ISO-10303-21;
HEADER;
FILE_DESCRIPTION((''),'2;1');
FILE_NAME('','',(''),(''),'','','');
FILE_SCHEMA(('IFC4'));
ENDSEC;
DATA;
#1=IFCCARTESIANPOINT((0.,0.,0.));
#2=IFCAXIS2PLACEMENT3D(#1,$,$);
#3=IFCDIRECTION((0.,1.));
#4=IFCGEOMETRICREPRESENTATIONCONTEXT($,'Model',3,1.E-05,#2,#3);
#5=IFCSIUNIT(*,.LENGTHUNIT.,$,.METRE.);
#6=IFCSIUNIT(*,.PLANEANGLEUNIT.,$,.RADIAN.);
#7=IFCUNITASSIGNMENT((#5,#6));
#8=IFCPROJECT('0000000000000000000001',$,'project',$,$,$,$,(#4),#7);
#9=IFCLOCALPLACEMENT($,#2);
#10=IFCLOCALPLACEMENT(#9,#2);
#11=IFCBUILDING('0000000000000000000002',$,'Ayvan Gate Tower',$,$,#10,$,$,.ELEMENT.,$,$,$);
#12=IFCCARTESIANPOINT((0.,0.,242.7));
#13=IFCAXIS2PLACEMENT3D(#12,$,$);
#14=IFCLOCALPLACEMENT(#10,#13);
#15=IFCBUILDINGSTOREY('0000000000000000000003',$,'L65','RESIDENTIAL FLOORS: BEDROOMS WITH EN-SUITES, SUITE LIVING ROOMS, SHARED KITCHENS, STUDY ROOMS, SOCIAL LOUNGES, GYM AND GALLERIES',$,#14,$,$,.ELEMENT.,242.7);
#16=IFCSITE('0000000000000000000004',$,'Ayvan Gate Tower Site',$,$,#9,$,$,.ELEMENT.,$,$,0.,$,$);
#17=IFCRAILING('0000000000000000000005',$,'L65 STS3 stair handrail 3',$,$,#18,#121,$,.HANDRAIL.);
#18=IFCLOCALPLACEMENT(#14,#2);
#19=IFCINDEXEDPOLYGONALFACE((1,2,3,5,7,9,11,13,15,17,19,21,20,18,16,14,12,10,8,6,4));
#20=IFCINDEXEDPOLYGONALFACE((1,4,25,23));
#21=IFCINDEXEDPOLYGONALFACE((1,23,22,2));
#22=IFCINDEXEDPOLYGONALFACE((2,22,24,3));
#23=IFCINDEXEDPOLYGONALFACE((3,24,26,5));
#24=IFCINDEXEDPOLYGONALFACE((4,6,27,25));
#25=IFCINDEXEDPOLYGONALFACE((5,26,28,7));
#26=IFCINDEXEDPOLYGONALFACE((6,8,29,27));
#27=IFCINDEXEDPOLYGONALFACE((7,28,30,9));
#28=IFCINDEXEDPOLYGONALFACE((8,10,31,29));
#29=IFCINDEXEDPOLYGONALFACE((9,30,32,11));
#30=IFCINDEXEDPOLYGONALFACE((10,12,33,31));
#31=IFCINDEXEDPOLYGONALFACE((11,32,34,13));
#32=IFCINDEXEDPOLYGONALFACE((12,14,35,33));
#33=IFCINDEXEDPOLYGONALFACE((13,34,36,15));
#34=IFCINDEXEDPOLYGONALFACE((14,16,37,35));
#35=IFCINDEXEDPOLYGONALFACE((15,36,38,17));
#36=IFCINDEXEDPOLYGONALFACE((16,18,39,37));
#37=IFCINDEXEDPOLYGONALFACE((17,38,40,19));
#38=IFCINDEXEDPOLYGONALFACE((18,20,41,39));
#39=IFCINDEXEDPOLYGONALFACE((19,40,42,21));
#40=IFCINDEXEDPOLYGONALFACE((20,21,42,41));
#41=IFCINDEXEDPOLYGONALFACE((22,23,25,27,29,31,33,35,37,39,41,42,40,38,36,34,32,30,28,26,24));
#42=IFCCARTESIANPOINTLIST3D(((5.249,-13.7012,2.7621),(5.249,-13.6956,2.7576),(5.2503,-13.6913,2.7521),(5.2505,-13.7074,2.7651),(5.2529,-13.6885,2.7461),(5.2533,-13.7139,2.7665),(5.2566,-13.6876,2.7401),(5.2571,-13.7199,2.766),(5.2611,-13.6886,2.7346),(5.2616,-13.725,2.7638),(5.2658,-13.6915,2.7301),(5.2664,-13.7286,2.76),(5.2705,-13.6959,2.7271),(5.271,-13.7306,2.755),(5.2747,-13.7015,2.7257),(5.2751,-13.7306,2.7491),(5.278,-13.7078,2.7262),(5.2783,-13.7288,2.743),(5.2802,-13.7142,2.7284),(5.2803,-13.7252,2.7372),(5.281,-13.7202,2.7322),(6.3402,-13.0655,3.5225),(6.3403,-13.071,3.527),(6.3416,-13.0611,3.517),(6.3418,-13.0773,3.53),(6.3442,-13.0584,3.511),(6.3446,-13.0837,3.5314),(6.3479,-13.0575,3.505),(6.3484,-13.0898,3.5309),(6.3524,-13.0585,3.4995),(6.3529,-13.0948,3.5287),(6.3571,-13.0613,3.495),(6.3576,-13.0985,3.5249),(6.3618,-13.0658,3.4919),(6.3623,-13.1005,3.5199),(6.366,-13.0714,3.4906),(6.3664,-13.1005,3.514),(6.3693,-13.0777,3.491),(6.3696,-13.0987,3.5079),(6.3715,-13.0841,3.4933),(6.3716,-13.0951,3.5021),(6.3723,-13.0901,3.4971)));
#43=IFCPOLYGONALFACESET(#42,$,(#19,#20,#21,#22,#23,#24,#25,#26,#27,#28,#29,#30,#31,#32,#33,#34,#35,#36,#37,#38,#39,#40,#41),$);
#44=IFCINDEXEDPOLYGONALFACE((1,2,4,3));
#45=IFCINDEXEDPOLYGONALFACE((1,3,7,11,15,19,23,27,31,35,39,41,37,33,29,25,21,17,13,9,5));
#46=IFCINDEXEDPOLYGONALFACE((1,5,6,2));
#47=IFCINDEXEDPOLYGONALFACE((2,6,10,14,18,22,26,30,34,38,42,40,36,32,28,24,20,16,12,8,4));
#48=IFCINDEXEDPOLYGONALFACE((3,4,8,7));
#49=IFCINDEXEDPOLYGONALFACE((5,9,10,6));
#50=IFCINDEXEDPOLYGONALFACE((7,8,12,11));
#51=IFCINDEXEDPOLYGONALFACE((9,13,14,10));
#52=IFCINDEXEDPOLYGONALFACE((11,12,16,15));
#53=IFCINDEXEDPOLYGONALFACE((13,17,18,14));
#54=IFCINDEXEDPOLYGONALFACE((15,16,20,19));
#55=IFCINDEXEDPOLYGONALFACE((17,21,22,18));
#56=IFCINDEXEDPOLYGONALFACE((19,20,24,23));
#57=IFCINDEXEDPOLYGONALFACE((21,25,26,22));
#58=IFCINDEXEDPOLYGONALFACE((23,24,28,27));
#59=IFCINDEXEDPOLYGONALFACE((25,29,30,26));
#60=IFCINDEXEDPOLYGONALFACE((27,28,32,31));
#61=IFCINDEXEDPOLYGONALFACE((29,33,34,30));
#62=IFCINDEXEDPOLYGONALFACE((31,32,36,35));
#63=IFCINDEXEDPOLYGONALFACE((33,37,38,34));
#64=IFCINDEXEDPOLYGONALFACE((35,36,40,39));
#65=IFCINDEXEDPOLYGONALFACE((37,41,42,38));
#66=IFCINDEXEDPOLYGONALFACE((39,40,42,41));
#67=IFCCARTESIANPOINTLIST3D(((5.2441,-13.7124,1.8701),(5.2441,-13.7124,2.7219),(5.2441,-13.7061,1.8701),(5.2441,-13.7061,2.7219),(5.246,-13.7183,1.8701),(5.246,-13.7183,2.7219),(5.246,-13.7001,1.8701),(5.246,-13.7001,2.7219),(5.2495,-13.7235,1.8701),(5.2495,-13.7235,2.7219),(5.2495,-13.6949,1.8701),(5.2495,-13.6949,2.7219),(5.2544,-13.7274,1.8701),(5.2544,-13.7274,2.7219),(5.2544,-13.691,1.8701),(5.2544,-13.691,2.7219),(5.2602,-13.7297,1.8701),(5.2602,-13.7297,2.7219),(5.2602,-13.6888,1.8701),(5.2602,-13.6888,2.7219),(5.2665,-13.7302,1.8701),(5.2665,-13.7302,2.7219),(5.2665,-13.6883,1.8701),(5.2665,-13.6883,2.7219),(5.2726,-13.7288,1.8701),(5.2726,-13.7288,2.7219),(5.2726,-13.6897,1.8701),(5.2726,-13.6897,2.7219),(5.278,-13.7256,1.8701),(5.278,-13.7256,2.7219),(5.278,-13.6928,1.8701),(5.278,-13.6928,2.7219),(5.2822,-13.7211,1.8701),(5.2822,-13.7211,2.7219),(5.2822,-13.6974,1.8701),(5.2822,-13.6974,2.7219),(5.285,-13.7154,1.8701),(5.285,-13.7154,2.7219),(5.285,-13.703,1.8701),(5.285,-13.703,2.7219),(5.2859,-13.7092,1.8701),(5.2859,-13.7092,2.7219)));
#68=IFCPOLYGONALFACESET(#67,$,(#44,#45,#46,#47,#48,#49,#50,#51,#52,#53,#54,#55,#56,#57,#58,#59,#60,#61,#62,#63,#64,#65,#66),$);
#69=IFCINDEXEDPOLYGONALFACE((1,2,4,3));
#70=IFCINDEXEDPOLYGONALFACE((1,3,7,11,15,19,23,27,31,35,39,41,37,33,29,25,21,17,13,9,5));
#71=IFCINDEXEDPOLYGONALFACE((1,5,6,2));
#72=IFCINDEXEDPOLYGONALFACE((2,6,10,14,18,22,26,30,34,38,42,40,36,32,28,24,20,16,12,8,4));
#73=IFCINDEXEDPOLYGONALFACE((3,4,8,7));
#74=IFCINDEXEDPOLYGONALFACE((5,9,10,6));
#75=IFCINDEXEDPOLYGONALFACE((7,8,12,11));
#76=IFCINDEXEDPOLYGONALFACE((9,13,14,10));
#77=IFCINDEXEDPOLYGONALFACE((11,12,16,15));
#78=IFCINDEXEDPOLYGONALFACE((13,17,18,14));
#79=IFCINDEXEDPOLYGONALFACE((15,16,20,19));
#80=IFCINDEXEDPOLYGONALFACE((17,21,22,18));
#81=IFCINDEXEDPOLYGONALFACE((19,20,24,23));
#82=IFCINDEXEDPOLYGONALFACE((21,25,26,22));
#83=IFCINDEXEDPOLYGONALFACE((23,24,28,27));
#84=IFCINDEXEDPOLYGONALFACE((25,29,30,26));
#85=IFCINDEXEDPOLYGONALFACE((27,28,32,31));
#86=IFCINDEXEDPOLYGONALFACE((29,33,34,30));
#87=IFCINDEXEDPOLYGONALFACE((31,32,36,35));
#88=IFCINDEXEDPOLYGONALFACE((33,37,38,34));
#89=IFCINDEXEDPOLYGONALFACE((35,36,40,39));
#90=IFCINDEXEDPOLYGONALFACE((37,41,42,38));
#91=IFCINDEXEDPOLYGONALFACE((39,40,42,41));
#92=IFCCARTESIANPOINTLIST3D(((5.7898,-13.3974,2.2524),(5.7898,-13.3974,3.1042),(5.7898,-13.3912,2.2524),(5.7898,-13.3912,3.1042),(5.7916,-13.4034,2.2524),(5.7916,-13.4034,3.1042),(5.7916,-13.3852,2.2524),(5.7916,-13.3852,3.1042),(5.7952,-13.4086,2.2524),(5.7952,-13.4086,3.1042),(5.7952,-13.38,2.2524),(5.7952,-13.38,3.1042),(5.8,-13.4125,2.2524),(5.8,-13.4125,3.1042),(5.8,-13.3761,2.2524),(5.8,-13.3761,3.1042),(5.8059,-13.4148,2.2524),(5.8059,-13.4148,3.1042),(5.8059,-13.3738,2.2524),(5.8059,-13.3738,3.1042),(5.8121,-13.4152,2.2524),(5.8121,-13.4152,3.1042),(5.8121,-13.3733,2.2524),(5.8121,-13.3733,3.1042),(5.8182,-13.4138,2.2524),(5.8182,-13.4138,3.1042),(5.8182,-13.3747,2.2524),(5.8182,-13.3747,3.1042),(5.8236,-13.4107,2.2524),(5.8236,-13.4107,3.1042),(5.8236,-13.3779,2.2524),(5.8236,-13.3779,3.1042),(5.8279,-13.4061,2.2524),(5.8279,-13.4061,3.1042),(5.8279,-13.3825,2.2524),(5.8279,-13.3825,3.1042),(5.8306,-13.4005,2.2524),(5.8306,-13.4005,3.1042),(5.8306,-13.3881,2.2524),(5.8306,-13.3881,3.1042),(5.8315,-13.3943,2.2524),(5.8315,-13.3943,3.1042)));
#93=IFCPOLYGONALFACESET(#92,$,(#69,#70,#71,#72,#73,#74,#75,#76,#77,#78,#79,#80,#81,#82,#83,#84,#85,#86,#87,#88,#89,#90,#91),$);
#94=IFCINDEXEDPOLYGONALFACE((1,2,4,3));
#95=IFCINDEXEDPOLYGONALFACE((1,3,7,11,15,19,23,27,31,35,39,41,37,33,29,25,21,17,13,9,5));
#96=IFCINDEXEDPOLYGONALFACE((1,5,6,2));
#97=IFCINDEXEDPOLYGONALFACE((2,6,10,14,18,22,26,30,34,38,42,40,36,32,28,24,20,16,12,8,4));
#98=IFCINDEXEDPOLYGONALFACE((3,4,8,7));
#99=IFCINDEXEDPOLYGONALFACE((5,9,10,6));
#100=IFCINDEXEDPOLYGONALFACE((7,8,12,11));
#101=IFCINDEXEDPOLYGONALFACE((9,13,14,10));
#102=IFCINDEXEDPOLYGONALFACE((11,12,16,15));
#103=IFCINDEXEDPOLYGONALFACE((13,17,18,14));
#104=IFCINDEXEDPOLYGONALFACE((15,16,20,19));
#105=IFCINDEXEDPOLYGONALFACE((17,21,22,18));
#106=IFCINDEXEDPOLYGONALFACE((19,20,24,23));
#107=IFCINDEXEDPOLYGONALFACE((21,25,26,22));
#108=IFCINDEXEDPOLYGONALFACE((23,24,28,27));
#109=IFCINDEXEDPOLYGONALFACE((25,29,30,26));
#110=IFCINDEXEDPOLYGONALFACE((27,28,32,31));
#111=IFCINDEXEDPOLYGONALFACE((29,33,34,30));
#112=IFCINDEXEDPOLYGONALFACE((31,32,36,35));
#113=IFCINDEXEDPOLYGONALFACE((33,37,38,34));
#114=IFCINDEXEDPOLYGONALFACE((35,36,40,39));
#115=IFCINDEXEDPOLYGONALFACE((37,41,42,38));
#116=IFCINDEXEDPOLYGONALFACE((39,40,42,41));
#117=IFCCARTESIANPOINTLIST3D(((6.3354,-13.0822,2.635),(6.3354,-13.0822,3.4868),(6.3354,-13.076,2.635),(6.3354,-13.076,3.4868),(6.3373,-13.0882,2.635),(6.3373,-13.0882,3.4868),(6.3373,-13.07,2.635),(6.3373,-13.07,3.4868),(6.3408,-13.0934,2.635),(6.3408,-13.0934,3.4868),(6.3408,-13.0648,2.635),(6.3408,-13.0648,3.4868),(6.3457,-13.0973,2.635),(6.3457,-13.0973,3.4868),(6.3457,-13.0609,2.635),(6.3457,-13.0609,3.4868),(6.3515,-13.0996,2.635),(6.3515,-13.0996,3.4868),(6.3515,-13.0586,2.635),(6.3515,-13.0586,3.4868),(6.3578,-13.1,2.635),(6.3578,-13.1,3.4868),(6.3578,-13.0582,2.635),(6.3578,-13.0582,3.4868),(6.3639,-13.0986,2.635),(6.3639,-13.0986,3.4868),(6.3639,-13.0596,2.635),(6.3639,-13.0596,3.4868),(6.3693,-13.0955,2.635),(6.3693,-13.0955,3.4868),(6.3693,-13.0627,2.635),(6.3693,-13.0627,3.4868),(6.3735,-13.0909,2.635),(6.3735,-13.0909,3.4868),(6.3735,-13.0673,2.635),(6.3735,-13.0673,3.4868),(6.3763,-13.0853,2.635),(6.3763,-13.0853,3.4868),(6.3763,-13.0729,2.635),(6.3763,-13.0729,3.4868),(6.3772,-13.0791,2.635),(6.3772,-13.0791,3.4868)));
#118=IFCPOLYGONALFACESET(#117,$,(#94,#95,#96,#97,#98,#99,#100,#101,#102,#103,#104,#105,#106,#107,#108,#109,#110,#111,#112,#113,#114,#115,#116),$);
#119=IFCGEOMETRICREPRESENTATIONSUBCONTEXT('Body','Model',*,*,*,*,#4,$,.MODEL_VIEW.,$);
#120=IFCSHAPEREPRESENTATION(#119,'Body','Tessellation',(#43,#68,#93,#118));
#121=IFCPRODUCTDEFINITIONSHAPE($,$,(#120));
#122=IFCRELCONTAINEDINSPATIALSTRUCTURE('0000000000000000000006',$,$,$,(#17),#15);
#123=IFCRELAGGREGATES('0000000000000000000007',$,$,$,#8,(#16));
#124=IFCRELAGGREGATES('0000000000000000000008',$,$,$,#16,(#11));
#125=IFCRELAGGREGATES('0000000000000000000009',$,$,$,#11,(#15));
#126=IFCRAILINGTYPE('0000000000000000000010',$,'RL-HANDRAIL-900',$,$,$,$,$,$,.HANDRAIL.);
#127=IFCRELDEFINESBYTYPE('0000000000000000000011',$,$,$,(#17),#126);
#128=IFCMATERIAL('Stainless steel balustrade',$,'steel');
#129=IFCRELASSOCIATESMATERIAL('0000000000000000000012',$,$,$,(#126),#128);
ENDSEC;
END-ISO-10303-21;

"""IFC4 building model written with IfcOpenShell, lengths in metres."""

from ifc_helpers import new_model, si_unit, direction, frame, origin, origin_2d, place, context, subcontext, project, spatial, circle, extrude, material, type_object, element, save


model = new_model("IFC4")

# Units and contexts
model_context = context("Model", 3, precision=1e-05, world=origin(), true_north=direction((0.0, 1.0)))
body_context = subcontext(model_context, "Body", "Model", "MODEL_VIEW")
ifc_project = project(units=[si_unit("LENGTHUNIT", "METRE"), si_unit("PLANEANGLEUNIT", "RADIAN")], contexts=[model_context])

# Site, building, storey
site_placement = place(None, origin())
site = spatial("IfcSite", under=ifc_project, at=site_placement, Name="Ayvan Gate Tower Site", CompositionType="ELEMENT", RefElevation=0.0)
building_placement = place(site_placement, origin())
building = spatial("IfcBuilding", under=site, at=building_placement, Name="Ayvan Gate Tower", CompositionType="ELEMENT")
storey_placement = place(building_placement, frame((0.0, 0.0, 242.7)))
storey = spatial("IfcBuildingStorey", under=building, at=storey_placement, Name="L65", Description="RESIDENTIAL FLOORS: BEDROOMS WITH EN-SUITES, SUITE LIVING ROOMS, SHARED KITCHENS, STUDY ROOMS, SOCIAL LOUNGES, GYM AND GALLERIES", CompositionType="ELEMENT", Elevation=242.7)

# Railing
ifc_material_1 = material(Name="Stainless steel balustrade", Category="steel")
railing_type_1 = type_object("IfcRailingType", Name="RL-HANDRAIL-900", PredefinedType="HANDRAIL", material=ifc_material_1)
railing_1_placement = place(storey_placement, frame((5.2649, -13.7092, 1.8701)))
element("IfcRailing", 1, at=railing_1_placement, inside=storey, type_object=railing_type_1, Name="L65 STS3 stair handrail 3", PredefinedType="HANDRAIL", context=body_context, shape_type="SweptSolid", body=[
    extrude(circle(Radius=0.0239, at=origin_2d()), frame((0.0, 0.0, 0.876), z_axis=(0.740304, 0.427455, 0.518875), x_axis=(-0.500035, 0.866005, 0.0)), (0.0, 0.0, 1.0), 1.4741),
    extrude(circle(Radius=0.021, at=origin_2d()), origin(), (0.0, 0.0, 1.0), 0.8518),
    extrude(circle(Radius=0.021, at=origin_2d()), frame((0.5457, 0.3149, 0.3823)), (0.0, 0.0, 1.0), 0.8518),
    extrude(circle(Radius=0.021, at=origin_2d()), frame((1.0913, 0.6301, 0.7649)), (0.0, 0.0, 1.0), 0.8518),
])

save(model, "model.ifc")
